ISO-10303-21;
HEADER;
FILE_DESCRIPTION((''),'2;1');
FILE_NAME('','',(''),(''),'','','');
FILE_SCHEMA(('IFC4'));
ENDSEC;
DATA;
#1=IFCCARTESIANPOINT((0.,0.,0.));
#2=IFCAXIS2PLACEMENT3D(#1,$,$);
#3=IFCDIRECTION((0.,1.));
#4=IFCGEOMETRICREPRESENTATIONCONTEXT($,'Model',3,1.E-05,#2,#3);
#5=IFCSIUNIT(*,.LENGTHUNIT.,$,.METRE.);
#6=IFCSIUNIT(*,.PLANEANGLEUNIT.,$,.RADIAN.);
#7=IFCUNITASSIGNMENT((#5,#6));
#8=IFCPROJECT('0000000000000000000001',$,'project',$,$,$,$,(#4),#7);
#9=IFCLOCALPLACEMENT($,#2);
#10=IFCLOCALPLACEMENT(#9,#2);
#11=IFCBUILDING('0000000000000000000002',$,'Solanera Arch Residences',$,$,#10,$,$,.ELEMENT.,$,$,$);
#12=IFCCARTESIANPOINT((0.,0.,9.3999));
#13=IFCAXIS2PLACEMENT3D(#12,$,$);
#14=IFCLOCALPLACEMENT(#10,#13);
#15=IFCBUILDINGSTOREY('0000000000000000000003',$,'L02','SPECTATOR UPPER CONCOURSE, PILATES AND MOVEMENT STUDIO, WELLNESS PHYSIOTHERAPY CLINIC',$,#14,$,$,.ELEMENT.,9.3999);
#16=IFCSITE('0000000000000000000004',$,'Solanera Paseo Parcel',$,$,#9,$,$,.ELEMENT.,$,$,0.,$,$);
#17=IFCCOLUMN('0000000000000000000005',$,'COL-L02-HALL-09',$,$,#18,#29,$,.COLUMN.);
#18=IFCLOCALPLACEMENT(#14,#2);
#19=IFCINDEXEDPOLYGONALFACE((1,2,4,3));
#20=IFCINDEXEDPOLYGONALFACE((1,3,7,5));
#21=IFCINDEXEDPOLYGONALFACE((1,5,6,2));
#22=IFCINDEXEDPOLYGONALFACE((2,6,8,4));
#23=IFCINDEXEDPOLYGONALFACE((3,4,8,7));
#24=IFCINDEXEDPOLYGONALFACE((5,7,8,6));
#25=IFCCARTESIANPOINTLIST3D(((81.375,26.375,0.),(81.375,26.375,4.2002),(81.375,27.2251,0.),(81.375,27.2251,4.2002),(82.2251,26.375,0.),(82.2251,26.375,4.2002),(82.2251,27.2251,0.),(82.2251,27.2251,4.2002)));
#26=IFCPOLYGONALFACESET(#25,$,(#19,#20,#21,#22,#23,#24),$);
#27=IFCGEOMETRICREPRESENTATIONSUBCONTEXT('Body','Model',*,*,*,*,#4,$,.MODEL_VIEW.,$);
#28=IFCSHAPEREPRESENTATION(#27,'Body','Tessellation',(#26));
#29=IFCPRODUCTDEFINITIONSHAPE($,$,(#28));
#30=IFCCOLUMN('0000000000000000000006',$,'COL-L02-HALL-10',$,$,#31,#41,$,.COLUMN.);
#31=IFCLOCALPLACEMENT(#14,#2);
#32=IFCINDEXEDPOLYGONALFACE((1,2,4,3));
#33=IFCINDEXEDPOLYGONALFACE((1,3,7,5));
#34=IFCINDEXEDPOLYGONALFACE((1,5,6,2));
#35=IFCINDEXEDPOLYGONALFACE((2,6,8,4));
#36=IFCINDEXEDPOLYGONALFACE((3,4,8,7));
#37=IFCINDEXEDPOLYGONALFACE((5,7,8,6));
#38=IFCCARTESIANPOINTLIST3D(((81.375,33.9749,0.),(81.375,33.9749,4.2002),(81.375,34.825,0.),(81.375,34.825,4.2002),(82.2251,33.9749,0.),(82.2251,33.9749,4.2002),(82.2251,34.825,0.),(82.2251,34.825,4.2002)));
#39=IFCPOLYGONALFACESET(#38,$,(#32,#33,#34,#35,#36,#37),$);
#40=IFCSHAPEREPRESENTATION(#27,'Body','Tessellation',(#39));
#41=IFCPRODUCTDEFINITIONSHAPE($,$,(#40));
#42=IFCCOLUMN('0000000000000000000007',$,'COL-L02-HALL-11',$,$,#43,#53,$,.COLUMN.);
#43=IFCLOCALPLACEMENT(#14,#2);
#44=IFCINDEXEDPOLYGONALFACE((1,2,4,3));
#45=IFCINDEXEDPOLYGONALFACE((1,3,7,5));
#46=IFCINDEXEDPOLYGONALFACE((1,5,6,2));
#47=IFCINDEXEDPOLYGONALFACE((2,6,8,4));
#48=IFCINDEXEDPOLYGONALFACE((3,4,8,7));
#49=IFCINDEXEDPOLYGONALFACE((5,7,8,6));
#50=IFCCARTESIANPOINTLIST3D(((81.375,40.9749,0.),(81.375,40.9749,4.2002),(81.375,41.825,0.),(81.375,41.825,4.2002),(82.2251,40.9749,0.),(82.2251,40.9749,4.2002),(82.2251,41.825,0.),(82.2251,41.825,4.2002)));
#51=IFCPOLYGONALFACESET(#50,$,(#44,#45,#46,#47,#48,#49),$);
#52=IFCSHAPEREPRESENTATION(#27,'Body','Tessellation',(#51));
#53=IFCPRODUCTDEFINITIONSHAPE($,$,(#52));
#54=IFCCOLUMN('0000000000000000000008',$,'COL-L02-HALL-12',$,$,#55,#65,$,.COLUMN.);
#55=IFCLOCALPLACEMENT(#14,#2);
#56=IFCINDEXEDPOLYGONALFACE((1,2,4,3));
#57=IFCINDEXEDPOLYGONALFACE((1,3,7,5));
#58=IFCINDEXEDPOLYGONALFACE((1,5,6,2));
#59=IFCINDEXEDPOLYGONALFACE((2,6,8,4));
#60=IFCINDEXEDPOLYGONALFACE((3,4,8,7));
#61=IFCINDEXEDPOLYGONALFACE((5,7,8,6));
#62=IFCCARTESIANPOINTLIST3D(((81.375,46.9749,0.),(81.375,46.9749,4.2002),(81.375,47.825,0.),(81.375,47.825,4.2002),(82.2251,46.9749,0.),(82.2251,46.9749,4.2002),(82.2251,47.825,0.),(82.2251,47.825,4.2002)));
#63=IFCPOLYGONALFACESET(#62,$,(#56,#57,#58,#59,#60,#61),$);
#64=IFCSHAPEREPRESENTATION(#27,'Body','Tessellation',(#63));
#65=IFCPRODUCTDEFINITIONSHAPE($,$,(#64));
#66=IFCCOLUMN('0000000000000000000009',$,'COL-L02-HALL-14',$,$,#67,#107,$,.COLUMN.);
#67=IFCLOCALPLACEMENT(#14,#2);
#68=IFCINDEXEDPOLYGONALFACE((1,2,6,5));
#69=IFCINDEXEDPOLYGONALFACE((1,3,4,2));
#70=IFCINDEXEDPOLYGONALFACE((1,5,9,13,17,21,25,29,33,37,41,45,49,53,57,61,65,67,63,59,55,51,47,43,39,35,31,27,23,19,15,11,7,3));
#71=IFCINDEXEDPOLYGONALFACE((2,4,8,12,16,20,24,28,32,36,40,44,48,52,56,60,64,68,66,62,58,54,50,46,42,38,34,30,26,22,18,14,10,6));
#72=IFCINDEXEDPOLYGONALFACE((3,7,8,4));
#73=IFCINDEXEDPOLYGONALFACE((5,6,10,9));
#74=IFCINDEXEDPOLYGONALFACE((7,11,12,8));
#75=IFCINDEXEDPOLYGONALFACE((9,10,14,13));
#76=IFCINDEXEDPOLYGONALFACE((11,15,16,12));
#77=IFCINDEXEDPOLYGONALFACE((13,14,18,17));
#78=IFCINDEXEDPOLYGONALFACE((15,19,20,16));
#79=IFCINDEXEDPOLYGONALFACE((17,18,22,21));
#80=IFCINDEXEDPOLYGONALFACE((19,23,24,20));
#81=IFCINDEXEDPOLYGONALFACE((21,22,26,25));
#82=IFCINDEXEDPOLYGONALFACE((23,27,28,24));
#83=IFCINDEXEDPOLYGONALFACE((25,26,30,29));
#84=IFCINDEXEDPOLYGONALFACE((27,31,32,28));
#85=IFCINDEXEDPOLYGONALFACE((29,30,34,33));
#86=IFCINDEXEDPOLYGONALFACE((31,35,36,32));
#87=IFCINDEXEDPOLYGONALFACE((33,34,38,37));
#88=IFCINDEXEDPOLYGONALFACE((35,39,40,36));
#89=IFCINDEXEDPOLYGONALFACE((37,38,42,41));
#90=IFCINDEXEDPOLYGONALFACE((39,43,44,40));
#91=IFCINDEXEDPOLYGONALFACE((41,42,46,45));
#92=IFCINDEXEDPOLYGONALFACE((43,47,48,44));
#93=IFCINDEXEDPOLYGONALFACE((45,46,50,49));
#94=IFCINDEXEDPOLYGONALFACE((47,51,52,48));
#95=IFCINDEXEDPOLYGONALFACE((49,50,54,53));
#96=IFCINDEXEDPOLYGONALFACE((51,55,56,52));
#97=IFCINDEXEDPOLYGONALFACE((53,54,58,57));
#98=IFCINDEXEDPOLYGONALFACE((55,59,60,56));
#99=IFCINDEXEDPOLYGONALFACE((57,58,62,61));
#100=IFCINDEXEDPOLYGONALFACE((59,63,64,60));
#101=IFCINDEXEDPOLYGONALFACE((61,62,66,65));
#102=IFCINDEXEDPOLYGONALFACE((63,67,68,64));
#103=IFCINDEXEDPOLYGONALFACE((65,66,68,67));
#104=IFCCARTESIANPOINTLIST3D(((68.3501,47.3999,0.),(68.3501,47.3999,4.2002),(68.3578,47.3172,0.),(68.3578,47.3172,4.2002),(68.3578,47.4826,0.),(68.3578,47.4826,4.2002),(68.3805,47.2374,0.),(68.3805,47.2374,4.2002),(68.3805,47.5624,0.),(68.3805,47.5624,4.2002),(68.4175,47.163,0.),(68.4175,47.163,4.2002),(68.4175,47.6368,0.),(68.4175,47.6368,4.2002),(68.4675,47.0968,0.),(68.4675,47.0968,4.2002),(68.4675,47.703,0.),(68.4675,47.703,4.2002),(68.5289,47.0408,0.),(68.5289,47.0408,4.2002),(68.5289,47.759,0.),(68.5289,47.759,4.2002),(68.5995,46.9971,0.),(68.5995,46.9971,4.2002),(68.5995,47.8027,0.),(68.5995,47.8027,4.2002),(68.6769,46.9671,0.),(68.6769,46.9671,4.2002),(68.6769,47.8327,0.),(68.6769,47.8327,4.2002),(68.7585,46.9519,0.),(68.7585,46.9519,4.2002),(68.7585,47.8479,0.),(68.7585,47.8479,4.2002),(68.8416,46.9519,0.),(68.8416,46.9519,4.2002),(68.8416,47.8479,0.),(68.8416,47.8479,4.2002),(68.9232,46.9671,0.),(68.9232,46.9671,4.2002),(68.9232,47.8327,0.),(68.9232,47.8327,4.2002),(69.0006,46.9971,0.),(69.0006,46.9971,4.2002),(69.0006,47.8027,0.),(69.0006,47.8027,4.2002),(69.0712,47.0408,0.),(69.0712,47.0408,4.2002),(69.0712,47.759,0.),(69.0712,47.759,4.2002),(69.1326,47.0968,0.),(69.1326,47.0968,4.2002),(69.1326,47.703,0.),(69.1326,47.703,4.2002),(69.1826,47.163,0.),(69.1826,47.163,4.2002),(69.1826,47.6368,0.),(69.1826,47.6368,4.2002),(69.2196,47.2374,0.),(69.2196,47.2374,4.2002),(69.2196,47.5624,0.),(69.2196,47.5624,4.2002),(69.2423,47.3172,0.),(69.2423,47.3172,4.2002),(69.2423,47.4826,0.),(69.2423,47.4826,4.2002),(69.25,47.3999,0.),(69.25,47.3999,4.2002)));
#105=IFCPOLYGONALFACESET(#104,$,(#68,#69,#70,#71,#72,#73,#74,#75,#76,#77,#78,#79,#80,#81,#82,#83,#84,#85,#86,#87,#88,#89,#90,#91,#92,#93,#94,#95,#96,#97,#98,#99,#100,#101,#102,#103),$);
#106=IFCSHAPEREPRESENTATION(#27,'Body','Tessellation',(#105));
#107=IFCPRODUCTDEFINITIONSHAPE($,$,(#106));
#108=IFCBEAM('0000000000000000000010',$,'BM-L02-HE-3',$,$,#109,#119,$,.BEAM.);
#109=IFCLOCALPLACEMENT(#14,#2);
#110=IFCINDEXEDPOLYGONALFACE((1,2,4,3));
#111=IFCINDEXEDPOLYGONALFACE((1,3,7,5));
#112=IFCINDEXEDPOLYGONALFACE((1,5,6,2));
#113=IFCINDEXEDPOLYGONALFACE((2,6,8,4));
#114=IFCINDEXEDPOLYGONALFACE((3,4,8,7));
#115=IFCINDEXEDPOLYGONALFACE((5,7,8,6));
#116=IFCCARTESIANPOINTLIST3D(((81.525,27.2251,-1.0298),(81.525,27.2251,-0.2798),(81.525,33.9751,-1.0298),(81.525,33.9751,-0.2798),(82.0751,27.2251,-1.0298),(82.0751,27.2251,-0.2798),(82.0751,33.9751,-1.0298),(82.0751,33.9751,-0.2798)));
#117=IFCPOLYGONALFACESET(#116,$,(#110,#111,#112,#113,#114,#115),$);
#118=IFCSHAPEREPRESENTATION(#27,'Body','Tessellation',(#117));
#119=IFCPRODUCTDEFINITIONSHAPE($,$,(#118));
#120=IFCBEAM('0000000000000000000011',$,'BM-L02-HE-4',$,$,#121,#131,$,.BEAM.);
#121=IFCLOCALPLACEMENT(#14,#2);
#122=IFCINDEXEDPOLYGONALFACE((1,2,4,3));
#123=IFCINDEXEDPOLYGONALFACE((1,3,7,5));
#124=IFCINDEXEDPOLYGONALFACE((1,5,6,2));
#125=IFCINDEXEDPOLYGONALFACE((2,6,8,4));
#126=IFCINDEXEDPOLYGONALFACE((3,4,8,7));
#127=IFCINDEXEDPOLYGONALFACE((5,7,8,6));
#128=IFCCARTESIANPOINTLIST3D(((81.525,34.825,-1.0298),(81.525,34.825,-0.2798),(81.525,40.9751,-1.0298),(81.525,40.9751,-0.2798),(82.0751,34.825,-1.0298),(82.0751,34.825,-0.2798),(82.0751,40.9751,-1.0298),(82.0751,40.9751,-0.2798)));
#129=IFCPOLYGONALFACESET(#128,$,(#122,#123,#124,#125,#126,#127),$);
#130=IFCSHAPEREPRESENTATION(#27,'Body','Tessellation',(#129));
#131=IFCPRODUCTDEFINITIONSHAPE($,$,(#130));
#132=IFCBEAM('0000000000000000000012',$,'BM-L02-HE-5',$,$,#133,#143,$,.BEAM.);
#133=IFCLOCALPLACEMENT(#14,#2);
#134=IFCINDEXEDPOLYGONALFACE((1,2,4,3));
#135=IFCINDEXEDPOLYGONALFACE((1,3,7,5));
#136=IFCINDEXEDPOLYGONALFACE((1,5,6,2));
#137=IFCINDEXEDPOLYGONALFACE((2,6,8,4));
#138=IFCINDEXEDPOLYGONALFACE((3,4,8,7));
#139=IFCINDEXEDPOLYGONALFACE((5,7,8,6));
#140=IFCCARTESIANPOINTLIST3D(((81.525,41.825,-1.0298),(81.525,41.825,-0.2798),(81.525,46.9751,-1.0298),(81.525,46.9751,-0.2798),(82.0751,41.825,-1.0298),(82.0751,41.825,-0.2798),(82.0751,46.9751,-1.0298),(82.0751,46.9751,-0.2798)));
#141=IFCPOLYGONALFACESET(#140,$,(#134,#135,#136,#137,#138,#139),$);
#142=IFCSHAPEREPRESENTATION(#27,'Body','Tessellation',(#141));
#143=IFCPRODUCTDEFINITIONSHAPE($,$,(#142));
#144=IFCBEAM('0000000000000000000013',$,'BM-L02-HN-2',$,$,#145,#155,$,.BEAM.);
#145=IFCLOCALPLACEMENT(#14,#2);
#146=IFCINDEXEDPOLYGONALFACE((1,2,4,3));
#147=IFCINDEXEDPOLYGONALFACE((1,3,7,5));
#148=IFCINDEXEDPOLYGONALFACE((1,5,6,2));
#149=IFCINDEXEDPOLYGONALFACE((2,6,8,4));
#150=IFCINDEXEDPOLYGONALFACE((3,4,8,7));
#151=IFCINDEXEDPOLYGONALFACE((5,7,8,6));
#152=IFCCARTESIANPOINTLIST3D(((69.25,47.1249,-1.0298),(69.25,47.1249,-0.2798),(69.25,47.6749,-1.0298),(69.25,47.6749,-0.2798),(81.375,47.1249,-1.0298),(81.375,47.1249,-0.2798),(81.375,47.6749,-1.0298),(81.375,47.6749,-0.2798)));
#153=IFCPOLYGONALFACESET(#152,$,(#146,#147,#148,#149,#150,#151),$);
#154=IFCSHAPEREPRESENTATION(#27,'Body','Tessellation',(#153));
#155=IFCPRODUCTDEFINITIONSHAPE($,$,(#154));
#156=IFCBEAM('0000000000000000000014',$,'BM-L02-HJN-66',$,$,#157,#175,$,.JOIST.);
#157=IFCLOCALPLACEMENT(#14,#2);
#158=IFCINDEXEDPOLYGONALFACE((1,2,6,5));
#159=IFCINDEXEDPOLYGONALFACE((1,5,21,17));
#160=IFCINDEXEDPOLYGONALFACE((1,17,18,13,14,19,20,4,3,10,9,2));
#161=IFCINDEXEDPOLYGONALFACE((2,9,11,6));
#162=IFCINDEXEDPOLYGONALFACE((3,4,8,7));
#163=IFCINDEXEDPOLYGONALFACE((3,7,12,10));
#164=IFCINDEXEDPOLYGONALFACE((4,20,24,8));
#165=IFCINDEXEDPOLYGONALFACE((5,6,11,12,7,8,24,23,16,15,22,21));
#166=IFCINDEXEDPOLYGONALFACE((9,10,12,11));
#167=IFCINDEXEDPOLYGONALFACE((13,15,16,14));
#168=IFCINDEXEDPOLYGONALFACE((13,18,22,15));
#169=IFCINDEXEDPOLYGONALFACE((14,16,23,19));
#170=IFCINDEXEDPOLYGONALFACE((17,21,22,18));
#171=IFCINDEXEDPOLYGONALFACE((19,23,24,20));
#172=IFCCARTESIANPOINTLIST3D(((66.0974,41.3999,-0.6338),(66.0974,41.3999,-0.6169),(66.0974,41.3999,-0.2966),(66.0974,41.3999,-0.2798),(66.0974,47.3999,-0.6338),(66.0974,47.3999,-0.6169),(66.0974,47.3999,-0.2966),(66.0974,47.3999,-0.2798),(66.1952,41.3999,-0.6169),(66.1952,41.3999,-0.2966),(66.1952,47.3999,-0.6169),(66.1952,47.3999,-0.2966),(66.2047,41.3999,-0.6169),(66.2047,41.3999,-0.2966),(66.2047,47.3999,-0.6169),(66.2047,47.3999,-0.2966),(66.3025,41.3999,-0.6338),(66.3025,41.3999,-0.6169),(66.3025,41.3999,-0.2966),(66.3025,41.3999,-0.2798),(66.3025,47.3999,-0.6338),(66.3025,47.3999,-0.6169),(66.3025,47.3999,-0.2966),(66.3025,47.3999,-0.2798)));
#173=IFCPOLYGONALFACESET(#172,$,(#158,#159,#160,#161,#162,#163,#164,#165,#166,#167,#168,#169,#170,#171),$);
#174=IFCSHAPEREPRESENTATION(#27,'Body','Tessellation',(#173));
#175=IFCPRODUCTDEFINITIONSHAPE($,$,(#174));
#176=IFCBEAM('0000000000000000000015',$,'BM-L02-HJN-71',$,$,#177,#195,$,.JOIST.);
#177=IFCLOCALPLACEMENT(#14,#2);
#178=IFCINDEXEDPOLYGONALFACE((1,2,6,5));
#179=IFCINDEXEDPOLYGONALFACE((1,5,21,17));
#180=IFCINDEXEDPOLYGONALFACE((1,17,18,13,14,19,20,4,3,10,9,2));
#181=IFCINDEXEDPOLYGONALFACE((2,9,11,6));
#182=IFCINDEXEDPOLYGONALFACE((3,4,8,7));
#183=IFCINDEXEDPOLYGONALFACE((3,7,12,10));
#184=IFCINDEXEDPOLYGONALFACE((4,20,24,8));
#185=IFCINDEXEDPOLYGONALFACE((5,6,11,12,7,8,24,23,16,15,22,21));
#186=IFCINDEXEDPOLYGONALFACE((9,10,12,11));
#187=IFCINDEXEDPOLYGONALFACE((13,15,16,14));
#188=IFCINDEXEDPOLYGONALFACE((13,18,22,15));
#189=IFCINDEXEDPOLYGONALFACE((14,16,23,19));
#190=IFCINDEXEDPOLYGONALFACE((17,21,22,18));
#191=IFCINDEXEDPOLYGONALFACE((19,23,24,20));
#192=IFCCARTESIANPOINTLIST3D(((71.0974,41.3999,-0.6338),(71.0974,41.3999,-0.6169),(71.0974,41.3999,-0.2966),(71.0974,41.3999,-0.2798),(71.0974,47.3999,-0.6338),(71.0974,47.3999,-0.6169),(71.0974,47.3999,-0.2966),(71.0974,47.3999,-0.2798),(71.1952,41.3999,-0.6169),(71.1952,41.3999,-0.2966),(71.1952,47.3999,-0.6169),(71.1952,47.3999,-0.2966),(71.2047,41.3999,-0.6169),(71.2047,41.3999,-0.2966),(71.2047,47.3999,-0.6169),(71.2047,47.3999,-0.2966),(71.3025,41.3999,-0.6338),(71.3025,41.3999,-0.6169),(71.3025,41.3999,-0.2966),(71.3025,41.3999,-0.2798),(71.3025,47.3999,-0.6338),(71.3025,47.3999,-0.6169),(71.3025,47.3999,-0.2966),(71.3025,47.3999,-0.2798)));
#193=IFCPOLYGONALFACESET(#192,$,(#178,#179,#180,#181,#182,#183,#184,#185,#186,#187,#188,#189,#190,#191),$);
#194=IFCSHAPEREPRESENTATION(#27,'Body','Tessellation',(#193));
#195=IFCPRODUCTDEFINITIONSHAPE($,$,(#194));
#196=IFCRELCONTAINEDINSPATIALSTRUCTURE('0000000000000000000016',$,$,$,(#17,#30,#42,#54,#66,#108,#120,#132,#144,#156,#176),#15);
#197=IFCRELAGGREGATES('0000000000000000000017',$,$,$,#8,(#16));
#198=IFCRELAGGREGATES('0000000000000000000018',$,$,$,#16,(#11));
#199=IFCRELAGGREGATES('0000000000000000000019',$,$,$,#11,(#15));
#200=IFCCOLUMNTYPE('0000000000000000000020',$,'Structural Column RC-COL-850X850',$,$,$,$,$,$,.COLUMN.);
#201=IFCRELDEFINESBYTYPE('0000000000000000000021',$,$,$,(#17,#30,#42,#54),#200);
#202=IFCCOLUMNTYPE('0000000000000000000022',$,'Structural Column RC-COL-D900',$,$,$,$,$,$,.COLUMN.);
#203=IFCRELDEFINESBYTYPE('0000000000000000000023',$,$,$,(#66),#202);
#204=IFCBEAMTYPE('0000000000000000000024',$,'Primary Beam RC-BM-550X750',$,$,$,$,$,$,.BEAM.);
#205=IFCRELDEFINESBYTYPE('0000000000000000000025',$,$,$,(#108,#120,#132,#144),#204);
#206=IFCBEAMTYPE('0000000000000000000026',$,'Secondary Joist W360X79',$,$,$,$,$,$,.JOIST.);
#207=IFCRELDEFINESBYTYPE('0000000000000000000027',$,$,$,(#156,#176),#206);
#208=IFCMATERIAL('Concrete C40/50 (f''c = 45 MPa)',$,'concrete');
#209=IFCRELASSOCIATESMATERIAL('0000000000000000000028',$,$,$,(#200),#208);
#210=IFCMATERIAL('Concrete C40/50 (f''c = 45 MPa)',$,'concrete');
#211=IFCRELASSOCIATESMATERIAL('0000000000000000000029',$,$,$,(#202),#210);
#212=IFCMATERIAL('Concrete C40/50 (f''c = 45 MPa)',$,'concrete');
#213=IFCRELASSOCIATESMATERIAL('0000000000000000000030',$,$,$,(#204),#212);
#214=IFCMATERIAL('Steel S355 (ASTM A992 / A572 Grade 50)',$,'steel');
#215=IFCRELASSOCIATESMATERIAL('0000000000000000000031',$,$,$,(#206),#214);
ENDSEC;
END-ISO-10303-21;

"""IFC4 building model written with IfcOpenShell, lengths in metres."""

from ifc_helpers import new_model, si_unit, direction, frame, origin, origin_2d, place, context, subcontext, project, spatial, rectangle, circle, i_section, extrude, material, material_profile, profile_set, type_object, element, save


model = new_model("IFC4")

# Units and contexts
model_context = context("Model", 3, precision=1e-05, world=origin(), true_north=direction((0.0, 1.0)))
body_context = subcontext(model_context, "Body", "Model", "MODEL_VIEW")
ifc_project = project(units=[si_unit("LENGTHUNIT", "METRE"), si_unit("PLANEANGLEUNIT", "RADIAN")], contexts=[model_context])

# Site, building, storey
site_placement = place(None, origin())
site = spatial("IfcSite", under=ifc_project, at=site_placement, Name="Solanera Paseo Parcel", CompositionType="ELEMENT", RefElevation=0.0)
building_placement = place(site_placement, origin())
building = spatial("IfcBuilding", under=site, at=building_placement, Name="Solanera Arch Residences", CompositionType="ELEMENT")
storey_placement = place(building_placement, frame((0.0, 0.0, 9.3999)))
storey = spatial("IfcBuildingStorey", under=building, at=storey_placement, Name="L02", Description="SPECTATOR UPPER CONCOURSE, PILATES AND MOVEMENT STUDIO, WELLNESS PHYSIOTHERAPY CLINIC", CompositionType="ELEMENT", Elevation=9.3999)

# Columns
ifc_material_1 = material(Name="Concrete C40/50 (f'c = 45 MPa)", Category="concrete")
ifc_material_profile_1 = material_profile(ifc_material_1, rectangle(XDim=0.8501, YDim=0.8501, at=origin_2d()))
ifc_profile_set_1 = profile_set([ifc_material_profile_1], Name="Concrete C40/50 (f'c = 45 MPa)")
column_type_1 = type_object("IfcColumnType", Name="Structural Column RC-COL-850X850", PredefinedType="COLUMN", material=ifc_profile_set_1)
for number, where, z_axis, x_axis, name in (
    (1, (81.8, 26.8, 0.0), (0.0, 0.0, 1.0), (1.0, 0.0, 0.0), "COL-L02-HALL-09"),
    (2, (81.8, 34.3999, 0.0), (0.0, 0.0, 1.0), (1.0, 0.0, 0.0), "COL-L02-HALL-10"),
    (3, (81.8, 41.3999, 0.0), (0.0, 0.0, 1.0), (1.0, 0.0, 0.0), "COL-L02-HALL-11"),
    (4, (81.8, 47.3999, 0.0), (0.0, 0.0, 1.0), (1.0, 0.0, 0.0), "COL-L02-HALL-12"),
):
    element("IfcColumn", number, at=place(storey_placement, frame(where, z_axis=z_axis, x_axis=x_axis)), inside=storey, type_object=column_type_1, Name=name, PredefinedType="COLUMN", context=body_context, shape_type="SweptSolid", body=[
        extrude(rectangle(XDim=0.8501, YDim=0.8501, at=origin_2d()), origin(), (0.0, 0.0, 1.0), 4.2002),
    ])
ifc_material_2 = material(Name="Concrete C40/50 (f'c = 45 MPa)", Category="concrete")
ifc_material_profile_2 = material_profile(ifc_material_2, circle(Radius=0.45, at=origin_2d()))
ifc_profile_set_2 = profile_set([ifc_material_profile_2], Name="Concrete C40/50 (f'c = 45 MPa)")
column_type_2 = type_object("IfcColumnType", Name="Structural Column RC-COL-D900", PredefinedType="COLUMN", material=ifc_profile_set_2)
column_placement = place(storey_placement, frame((68.8, 47.3999, 0.0), z_axis=(0.0, 0.0, 1.0), x_axis=(1.0, 0.0, 0.0)))
element("IfcColumn", 5, at=column_placement, inside=storey, type_object=column_type_2, Name="COL-L02-HALL-14", PredefinedType="COLUMN", context=body_context, shape_type="SweptSolid", body=[
    extrude(circle(Radius=0.45, at=origin_2d()), origin(), (0.0, 0.0, 1.0), 4.2002),
])

# Beams
ifc_material_3 = material(Name="Concrete C40/50 (f'c = 45 MPa)", Category="concrete")
ifc_material_profile_3 = material_profile(ifc_material_3, rectangle(XDim=0.55, YDim=0.75, at=origin_2d()))
ifc_profile_set_3 = profile_set([ifc_material_profile_3], Name="Concrete C40/50 (f'c = 45 MPa)")
beam_type_1 = type_object("IfcBeamType", Name="Primary Beam RC-BM-550X750", PredefinedType="BEAM", material=ifc_profile_set_3)
beam_1_placement = place(storey_placement, frame((81.8, 27.2251, -0.6548), z_axis=(0.0, 1.0, 0.0), x_axis=(-1.0, 0.0, 0.0)))
element("IfcBeam", 6, at=beam_1_placement, inside=storey, type_object=beam_type_1, Name="BM-L02-HE-3", PredefinedType="BEAM", context=body_context, shape_type="SweptSolid", body=[
    extrude(rectangle(XDim=0.55, YDim=0.75, at=origin_2d()), origin(), (0.0, 0.0, 1.0), 6.75),
])
beam_2_placement = place(storey_placement, frame((81.8, 34.825, -0.6548), z_axis=(0.0, 1.0, 0.0), x_axis=(-1.0, 0.0, 0.0)))
element("IfcBeam", 7, at=beam_2_placement, inside=storey, type_object=beam_type_1, Name="BM-L02-HE-4", PredefinedType="BEAM", context=body_context, shape_type="SweptSolid", body=[
    extrude(rectangle(XDim=0.55, YDim=0.75, at=origin_2d()), origin(), (0.0, 0.0, 1.0), 6.1501),
])
beam_3_placement = place(storey_placement, frame((81.8, 41.825, -0.6548), z_axis=(0.0, 1.0, 0.0), x_axis=(-1.0, 0.0, 0.0)))
element("IfcBeam", 8, at=beam_3_placement, inside=storey, type_object=beam_type_1, Name="BM-L02-HE-5", PredefinedType="BEAM", context=body_context, shape_type="SweptSolid", body=[
    extrude(rectangle(XDim=0.55, YDim=0.75, at=origin_2d()), origin(), (0.0, 0.0, 1.0), 5.1501),
])
beam_4_placement = place(storey_placement, frame((69.25, 47.3999, -0.6548), z_axis=(1.0, 0.0, 0.0), x_axis=(0.0, 1.0, 0.0)))
element("IfcBeam", 9, at=beam_4_placement, inside=storey, type_object=beam_type_1, Name="BM-L02-HN-2", PredefinedType="BEAM", context=body_context, shape_type="SweptSolid", body=[
    extrude(rectangle(XDim=0.55, YDim=0.75, at=origin_2d()), origin(), (0.0, 0.0, 1.0), 12.125),
])
ifc_material_4 = material(Name="Steel S355 (ASTM A992 / A572 Grade 50)", Category="steel")
ifc_material_profile_4 = material_profile(ifc_material_4, i_section(OverallWidth=0.2051, OverallDepth=0.354, WebThickness=0.0095, FlangeThickness=0.0168, at=origin_2d()))
ifc_profile_set_4 = profile_set([ifc_material_profile_4], Name="Steel S355 (ASTM A992 / A572 Grade 50)")
beam_type_2 = type_object("IfcBeamType", Name="Secondary Joist W360X79", PredefinedType="JOIST", material=ifc_profile_set_4)
for number, where, z_axis, x_axis, name in (
    (10, (66.2, 41.3999, -0.4568), (0.0, 1.0, 0.0), (-1.0, 0.0, 0.0), "BM-L02-HJN-66"),
    (11, (71.2, 41.3999, -0.4568), (0.0, 1.0, 0.0), (-1.0, 0.0, 0.0), "BM-L02-HJN-71"),
):
    element("IfcBeam", number, at=place(storey_placement, frame(where, z_axis=z_axis, x_axis=x_axis)), inside=storey, type_object=beam_type_2, Name=name, PredefinedType="JOIST", context=body_context, shape_type="SweptSolid", body=[
        extrude(i_section(OverallWidth=0.2051, OverallDepth=0.354, WebThickness=0.0095, FlangeThickness=0.0168, at=origin_2d()), origin(), (0.0, 0.0, 1.0), 6.0),
    ])

save(model, "model.ifc")
